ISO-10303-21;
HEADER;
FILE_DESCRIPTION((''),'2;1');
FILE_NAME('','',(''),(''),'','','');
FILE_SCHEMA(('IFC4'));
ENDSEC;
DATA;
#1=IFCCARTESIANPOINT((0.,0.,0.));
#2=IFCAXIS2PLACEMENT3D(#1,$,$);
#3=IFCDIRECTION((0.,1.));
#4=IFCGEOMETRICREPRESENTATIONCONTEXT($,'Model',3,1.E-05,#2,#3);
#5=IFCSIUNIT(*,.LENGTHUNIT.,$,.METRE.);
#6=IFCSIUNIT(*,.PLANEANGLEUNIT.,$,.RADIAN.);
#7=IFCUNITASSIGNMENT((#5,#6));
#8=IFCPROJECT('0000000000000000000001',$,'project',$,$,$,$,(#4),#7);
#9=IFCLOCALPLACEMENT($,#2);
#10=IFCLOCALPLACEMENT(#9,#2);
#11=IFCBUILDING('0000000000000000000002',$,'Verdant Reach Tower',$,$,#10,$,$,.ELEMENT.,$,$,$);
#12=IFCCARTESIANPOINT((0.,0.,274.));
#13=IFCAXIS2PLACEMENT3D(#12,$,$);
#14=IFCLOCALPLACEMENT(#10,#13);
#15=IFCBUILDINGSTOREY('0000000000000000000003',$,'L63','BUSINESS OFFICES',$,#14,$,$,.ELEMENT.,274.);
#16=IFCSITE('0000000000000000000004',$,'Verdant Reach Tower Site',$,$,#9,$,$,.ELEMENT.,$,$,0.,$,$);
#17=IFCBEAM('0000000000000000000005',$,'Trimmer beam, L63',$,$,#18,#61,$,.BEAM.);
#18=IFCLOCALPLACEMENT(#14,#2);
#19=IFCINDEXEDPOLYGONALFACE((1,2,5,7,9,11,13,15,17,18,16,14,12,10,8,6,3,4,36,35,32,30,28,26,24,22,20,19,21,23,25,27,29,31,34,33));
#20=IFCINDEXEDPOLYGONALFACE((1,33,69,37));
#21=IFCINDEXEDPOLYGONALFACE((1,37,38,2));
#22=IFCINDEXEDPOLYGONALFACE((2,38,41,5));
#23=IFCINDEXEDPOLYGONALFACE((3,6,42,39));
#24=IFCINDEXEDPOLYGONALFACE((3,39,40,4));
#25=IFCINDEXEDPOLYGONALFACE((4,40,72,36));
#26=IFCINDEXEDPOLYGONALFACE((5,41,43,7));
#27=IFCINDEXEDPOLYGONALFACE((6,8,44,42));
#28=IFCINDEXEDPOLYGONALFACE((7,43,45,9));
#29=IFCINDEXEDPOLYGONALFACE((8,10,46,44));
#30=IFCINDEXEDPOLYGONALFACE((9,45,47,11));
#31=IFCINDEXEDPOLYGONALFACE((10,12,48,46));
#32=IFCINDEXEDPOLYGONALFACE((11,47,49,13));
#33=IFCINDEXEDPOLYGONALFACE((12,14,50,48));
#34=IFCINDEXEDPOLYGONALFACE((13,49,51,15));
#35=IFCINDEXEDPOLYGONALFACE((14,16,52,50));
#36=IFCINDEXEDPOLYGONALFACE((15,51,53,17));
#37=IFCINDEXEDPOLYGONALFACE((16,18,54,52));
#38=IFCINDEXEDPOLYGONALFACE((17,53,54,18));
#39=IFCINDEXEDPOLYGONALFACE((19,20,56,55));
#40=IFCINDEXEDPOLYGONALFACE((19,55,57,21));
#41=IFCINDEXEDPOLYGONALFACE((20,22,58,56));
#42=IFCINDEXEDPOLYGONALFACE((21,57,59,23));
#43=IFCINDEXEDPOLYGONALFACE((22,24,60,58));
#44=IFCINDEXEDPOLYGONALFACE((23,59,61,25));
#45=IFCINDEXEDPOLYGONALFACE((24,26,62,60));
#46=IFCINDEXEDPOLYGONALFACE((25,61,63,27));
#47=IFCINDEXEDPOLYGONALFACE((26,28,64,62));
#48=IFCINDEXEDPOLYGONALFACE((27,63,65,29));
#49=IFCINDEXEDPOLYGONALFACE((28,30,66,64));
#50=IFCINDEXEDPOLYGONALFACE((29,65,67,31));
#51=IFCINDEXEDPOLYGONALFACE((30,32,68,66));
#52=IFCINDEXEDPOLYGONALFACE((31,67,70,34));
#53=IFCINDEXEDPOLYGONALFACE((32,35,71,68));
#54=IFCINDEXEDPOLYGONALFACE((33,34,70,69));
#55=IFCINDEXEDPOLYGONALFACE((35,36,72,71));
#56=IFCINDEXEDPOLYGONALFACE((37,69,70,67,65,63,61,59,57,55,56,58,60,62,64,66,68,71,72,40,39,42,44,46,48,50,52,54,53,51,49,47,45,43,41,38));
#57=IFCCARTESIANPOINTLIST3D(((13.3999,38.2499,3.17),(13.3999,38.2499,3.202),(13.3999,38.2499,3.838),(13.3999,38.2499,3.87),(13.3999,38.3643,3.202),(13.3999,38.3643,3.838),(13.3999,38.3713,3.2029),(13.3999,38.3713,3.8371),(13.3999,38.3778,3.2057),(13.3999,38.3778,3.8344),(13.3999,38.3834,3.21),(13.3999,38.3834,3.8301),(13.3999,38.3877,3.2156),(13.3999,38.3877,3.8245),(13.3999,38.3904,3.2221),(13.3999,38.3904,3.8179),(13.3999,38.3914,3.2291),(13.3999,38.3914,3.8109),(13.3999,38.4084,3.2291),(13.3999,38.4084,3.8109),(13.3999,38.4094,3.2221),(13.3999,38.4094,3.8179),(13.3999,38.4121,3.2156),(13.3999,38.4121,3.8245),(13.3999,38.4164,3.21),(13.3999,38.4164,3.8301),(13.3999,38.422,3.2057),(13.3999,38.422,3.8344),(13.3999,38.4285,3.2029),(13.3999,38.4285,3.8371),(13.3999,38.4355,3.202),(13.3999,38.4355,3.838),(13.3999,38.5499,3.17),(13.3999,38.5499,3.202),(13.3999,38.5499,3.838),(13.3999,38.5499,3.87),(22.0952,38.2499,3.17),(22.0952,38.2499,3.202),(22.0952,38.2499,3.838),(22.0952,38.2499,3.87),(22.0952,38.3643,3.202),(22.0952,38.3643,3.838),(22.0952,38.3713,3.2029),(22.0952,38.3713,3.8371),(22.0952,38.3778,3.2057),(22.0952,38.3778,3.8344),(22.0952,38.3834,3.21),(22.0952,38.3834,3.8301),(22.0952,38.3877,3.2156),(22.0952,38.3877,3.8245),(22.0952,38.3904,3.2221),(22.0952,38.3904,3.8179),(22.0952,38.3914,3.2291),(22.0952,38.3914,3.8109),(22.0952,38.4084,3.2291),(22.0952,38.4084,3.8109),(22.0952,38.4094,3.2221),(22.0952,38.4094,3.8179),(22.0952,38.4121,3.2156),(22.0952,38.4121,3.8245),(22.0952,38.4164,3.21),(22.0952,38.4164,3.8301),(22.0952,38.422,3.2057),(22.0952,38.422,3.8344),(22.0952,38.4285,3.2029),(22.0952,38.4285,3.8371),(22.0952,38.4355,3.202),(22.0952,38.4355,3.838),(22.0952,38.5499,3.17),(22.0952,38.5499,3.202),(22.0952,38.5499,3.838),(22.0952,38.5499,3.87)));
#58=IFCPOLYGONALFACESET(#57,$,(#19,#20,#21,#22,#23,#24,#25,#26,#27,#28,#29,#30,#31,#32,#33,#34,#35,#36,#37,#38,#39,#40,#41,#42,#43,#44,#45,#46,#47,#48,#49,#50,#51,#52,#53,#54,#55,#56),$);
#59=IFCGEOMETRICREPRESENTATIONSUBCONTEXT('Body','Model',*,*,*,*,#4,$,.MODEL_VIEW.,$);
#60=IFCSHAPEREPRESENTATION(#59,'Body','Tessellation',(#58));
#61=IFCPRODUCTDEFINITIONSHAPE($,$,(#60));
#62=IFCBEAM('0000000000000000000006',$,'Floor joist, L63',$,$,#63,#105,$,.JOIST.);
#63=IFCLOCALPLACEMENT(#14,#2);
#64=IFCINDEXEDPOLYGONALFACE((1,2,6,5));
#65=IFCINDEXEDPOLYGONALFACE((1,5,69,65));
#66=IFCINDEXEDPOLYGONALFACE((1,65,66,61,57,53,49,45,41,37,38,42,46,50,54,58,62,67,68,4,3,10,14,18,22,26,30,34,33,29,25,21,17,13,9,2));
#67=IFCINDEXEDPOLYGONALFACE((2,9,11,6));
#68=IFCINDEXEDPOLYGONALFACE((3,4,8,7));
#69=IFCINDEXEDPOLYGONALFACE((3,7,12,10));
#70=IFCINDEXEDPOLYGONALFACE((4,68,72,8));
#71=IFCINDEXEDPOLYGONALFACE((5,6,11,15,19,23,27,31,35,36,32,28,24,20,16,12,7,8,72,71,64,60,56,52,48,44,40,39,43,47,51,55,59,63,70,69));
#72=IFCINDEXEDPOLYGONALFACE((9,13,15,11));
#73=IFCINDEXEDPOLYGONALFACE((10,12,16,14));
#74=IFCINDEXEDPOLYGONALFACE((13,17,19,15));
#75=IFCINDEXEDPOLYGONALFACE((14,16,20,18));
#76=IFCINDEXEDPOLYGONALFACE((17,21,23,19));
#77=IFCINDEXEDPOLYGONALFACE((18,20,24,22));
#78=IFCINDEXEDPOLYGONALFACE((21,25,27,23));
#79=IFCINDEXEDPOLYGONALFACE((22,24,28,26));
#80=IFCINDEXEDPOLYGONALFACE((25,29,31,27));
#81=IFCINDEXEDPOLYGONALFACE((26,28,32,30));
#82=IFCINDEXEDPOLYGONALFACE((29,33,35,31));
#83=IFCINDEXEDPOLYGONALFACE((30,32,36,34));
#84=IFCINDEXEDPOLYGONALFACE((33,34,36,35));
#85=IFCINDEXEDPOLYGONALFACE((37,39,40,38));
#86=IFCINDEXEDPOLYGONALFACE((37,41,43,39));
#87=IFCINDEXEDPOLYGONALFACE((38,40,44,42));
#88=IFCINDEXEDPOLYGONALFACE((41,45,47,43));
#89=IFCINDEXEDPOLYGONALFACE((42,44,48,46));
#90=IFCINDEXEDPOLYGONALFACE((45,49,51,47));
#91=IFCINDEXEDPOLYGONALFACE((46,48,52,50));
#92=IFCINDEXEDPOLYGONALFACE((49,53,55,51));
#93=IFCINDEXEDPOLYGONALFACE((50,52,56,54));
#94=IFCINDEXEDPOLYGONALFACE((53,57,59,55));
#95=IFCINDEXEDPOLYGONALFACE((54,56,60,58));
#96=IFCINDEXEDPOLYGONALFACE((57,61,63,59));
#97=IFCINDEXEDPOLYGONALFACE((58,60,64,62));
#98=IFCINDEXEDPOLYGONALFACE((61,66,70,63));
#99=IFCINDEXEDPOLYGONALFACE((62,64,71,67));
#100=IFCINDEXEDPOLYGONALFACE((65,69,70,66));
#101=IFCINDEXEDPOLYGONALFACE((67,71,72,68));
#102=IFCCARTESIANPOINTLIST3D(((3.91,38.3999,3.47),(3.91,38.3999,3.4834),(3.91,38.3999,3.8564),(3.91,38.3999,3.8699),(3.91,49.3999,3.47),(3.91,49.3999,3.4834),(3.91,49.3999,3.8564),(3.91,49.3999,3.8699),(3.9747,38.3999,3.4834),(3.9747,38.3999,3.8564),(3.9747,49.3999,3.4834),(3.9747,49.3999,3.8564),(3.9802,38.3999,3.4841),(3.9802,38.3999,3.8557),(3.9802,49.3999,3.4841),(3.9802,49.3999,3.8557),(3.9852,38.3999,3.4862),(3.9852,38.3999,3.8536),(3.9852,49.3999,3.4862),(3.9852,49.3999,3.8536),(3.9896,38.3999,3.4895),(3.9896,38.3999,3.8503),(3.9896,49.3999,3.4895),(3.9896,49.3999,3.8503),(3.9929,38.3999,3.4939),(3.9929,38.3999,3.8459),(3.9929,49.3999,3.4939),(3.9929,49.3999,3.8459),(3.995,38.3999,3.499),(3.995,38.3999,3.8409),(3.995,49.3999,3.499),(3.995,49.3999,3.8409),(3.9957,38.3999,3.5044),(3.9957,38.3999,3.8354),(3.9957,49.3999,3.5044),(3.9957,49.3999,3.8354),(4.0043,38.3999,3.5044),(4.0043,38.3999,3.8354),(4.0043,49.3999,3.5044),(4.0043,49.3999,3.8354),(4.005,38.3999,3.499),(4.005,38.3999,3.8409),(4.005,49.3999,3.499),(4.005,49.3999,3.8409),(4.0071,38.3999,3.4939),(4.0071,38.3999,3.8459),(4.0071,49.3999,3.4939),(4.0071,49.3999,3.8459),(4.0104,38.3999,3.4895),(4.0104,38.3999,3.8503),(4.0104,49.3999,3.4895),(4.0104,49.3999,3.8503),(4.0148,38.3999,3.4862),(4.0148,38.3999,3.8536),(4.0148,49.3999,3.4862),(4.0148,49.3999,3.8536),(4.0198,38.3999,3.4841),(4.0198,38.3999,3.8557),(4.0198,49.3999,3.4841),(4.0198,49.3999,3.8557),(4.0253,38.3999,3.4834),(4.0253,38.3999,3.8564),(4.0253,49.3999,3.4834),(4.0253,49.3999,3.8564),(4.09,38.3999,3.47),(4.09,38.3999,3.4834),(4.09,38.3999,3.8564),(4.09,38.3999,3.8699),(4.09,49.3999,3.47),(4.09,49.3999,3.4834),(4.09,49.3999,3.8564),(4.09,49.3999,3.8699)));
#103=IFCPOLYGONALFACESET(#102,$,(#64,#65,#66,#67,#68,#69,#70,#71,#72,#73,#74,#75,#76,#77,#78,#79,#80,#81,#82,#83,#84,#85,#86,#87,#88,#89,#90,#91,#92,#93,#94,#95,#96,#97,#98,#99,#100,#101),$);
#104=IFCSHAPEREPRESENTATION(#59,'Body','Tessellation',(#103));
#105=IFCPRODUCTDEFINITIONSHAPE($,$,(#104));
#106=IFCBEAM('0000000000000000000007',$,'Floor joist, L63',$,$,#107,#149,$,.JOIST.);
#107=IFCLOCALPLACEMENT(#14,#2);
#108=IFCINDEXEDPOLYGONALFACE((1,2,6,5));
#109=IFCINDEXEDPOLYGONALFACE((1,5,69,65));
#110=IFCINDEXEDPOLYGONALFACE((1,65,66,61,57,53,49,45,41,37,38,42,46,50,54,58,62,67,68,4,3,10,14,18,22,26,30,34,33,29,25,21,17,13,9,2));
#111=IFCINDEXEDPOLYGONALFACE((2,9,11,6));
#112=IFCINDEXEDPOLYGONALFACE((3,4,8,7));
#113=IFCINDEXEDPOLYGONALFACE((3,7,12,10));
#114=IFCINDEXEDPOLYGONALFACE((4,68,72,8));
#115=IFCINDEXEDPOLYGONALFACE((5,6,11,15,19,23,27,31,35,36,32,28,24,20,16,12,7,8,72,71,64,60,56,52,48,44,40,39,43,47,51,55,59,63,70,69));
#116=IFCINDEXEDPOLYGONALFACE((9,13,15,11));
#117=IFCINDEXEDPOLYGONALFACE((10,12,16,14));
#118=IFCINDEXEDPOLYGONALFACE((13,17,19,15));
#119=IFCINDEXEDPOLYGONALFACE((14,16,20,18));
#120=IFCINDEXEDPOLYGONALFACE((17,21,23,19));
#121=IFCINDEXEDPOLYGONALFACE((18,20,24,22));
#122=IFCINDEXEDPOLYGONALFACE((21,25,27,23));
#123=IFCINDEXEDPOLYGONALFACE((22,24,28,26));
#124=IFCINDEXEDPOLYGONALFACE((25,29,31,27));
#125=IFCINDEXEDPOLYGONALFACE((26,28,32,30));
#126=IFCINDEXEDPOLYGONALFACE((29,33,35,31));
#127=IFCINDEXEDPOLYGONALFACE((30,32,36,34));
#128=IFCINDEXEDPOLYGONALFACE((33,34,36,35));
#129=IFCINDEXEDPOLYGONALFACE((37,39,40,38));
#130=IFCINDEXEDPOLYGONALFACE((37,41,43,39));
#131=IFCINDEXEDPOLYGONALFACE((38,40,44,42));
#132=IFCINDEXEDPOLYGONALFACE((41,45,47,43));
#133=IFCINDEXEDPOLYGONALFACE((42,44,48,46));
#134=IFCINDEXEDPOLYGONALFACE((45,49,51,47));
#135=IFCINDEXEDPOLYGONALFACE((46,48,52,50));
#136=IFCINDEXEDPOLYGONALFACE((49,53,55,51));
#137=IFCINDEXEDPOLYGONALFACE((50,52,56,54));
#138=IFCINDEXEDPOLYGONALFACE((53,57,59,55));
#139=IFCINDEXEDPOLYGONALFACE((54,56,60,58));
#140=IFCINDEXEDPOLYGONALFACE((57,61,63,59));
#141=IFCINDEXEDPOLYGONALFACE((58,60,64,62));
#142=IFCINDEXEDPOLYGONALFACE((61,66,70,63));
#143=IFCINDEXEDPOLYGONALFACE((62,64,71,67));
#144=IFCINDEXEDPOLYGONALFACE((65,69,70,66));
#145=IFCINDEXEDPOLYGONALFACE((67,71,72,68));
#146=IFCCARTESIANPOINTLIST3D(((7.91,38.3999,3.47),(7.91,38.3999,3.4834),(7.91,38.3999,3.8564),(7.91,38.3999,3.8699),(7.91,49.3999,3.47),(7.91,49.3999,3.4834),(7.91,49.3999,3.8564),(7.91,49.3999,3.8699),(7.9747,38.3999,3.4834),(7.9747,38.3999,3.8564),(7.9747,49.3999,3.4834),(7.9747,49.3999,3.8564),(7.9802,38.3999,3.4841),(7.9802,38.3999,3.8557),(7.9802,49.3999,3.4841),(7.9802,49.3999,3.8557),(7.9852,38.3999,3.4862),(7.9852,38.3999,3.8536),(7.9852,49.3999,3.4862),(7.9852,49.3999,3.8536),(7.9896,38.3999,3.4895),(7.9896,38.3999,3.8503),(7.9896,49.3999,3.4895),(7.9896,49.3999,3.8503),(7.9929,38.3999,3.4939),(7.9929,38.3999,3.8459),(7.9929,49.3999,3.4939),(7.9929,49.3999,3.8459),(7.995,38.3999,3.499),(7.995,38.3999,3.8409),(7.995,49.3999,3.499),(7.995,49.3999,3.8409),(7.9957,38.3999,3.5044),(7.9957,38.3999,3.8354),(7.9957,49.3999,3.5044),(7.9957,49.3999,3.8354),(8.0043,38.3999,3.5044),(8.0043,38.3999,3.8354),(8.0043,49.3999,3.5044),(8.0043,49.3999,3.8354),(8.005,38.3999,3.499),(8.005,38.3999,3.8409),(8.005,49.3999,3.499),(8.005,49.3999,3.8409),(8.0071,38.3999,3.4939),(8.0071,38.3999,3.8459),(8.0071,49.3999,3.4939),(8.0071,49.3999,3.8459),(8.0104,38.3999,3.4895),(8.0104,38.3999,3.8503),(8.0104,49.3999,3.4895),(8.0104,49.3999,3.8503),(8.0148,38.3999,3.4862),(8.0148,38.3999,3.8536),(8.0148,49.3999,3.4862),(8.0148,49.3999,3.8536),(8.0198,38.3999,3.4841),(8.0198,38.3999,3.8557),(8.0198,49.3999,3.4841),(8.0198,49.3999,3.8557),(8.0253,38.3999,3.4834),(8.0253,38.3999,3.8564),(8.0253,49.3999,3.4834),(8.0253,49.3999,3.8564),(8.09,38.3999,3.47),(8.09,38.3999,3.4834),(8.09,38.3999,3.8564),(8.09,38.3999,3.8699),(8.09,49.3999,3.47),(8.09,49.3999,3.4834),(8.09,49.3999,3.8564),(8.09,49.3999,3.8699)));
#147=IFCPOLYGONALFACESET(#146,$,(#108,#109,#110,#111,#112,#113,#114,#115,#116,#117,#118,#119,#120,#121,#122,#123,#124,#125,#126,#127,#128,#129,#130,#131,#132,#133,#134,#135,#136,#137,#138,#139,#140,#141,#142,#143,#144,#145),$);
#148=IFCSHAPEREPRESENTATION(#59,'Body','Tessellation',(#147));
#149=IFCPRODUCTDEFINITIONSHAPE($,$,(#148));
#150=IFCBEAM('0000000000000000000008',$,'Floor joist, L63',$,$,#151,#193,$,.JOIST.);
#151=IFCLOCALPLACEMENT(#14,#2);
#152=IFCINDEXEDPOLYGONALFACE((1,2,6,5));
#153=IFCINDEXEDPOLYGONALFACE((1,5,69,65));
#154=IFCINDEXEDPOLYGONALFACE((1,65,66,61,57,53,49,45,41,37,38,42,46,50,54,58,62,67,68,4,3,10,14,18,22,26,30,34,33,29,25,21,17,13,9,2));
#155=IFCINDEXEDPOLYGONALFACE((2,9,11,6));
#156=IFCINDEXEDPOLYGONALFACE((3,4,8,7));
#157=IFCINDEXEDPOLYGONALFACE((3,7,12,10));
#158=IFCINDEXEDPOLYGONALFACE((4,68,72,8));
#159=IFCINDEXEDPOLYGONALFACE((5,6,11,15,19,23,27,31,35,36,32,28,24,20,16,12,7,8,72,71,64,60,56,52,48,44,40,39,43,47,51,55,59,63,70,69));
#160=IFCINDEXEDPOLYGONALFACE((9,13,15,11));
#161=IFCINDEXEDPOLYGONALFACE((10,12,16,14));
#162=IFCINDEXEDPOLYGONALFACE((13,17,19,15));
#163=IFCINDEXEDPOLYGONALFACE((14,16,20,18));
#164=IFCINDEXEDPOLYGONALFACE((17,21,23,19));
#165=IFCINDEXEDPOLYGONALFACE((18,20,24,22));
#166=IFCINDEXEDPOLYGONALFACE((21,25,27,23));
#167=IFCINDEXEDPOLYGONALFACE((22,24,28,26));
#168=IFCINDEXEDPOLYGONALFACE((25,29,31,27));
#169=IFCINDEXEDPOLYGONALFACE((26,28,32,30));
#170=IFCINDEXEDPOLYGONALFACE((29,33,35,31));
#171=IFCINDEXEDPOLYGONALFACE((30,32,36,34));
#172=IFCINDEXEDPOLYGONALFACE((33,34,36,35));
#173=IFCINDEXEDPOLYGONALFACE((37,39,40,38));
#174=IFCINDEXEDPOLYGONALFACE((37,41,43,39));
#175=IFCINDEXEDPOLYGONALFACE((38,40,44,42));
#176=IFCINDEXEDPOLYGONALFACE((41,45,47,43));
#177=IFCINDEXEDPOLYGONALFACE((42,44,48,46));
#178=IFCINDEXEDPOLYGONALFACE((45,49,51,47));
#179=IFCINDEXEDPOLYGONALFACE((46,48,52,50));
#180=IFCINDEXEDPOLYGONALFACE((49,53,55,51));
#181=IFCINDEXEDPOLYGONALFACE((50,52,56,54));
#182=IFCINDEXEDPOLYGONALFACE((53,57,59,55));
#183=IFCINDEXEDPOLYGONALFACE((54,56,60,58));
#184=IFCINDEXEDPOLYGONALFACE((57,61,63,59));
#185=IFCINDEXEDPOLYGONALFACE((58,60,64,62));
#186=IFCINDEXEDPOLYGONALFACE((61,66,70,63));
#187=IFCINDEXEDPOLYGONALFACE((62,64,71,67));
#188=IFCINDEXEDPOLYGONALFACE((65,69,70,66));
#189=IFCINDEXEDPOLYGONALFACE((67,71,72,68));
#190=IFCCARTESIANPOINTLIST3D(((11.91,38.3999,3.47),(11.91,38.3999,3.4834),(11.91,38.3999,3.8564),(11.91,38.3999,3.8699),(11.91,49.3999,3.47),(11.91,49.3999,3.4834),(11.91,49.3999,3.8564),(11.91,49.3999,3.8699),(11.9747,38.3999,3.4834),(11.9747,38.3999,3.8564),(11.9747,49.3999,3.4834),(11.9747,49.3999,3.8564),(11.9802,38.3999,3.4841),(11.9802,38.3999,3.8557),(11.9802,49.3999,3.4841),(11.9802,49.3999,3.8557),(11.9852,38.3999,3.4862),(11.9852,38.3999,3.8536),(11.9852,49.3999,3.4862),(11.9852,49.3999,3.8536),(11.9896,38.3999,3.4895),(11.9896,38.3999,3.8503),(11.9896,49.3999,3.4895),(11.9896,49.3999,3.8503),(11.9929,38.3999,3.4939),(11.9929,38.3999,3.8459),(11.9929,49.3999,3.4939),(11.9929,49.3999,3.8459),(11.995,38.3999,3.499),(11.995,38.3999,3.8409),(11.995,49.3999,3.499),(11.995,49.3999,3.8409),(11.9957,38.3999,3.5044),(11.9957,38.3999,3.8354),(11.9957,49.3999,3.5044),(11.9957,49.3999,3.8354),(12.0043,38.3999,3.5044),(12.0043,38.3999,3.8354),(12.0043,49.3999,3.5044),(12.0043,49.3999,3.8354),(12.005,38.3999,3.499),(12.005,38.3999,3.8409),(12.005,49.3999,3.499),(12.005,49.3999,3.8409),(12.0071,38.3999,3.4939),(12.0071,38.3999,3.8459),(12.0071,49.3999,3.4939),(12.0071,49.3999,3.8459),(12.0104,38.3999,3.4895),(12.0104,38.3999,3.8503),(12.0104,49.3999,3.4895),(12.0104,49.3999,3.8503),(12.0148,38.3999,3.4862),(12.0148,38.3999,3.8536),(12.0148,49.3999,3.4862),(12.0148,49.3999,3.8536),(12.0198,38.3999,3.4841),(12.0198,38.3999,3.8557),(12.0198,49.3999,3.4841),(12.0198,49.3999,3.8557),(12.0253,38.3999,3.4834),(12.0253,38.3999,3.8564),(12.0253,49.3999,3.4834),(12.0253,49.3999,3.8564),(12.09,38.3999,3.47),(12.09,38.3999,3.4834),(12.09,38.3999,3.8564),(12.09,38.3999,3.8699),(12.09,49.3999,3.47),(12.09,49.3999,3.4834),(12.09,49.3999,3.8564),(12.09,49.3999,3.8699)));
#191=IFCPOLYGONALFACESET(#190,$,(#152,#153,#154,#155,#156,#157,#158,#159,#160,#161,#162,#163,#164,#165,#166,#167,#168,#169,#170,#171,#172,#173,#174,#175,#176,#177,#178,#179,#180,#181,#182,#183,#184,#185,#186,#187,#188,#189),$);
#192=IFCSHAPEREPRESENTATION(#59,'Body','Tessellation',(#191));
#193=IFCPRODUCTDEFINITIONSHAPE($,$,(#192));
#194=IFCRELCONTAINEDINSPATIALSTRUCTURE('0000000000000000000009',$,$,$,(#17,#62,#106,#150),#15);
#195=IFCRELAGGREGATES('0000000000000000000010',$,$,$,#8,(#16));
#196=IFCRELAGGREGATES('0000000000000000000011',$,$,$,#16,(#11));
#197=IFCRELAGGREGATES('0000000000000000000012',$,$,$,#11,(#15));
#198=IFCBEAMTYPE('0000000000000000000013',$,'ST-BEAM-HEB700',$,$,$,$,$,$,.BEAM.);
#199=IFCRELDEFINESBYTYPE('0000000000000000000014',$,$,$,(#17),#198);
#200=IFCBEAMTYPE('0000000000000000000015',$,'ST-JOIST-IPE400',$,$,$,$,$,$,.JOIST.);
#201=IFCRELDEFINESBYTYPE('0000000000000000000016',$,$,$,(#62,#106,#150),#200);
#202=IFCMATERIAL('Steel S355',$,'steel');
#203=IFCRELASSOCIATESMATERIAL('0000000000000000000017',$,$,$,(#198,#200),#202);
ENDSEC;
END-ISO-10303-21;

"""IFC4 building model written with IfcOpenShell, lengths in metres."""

from ifc_helpers import new_model, si_unit, direction, frame, origin, origin_2d, place, context, subcontext, project, spatial, i_section, extrude, material, material_profile, profile_set, type_object, element, save


model = new_model("IFC4")

# Units and contexts
model_context = context("Model", 3, precision=1e-05, world=origin(), true_north=direction((0.0, 1.0)))
body_context = subcontext(model_context, "Body", "Model", "MODEL_VIEW")
ifc_project = project(units=[si_unit("LENGTHUNIT", "METRE"), si_unit("PLANEANGLEUNIT", "RADIAN")], contexts=[model_context])

# Site, building, storey
site_placement = place(None, origin())
site = spatial("IfcSite", under=ifc_project, at=site_placement, Name="Verdant Reach Tower Site", CompositionType="ELEMENT", RefElevation=0.0)
building_placement = place(site_placement, origin())
building = spatial("IfcBuilding", under=site, at=building_placement, Name="Verdant Reach Tower", CompositionType="ELEMENT")
storey_placement = place(building_placement, frame((0.0, 0.0, 274.0)))
storey = spatial("IfcBuildingStorey", under=building, at=storey_placement, Name="L63", Description="BUSINESS OFFICES", CompositionType="ELEMENT", Elevation=274.0)

# Beams
ifc_material_1 = material(Name="Steel S355", Category="steel")
ifc_material_profile_1 = material_profile(ifc_material_1, i_section(OverallWidth=0.3, OverallDepth=0.7, WebThickness=0.0171, FlangeThickness=0.032, FilletRadius=0.0271, at=origin_2d()), Name="HEB 700")
ifc_profile_set_1 = profile_set([ifc_material_profile_1], Name="Steel S355")
beam_type_1 = type_object("IfcBeamType", Name="ST-BEAM-HEB700", PredefinedType="BEAM", material=ifc_profile_set_1)
beam_1_placement = place(storey_placement, frame((13.3999, 38.3999, 3.52), z_axis=(1.0, 0.0, 0.0), x_axis=(0.0, 1.0, 0.0)))
element("IfcBeam", 1, at=beam_1_placement, inside=storey, type_object=beam_type_1, Name="Trimmer beam, L63", PredefinedType="BEAM", context=body_context, shape_type="SweptSolid", body=[
    extrude(i_section(OverallWidth=0.3, OverallDepth=0.7, WebThickness=0.0171, FlangeThickness=0.032, FilletRadius=0.0271, at=origin_2d()), origin(), (0.0, 0.0, 1.0), 8.6953),
])
ifc_material_profile_2 = material_profile(ifc_material_1, i_section(OverallWidth=0.1799, OverallDepth=0.3999, WebThickness=0.0085, FlangeThickness=0.0134, FilletRadius=0.021, at=origin_2d()), Name="IPE 400")
ifc_profile_set_2 = profile_set([ifc_material_profile_2], Name="Steel S355")
beam_type_2 = type_object("IfcBeamType", Name="ST-JOIST-IPE400", PredefinedType="JOIST", material=ifc_profile_set_2)
for number, where, z_axis, x_axis, name in (
    (2, (4.0, 38.3999, 3.6699), (0.0, 1.0, 0.0), (-1.0, 0.0, 0.0), "Floor joist, L63"),
    (3, (8.0, 38.3999, 3.6699), (0.0, 1.0, 0.0), (-1.0, 0.0, 0.0), "Floor joist, L63"),
    (4, (12.0, 38.3999, 3.6699), (0.0, 1.0, 0.0), (-1.0, 0.0, 0.0), "Floor joist, L63"),
):
    element("IfcBeam", number, at=place(storey_placement, frame(where, z_axis=z_axis, x_axis=x_axis)), inside=storey, type_object=beam_type_2, Name=name, PredefinedType="JOIST", context=body_context, shape_type="SweptSolid", body=[
        extrude(i_section(OverallWidth=0.1799, OverallDepth=0.3999, WebThickness=0.0085, FlangeThickness=0.0134, FilletRadius=0.021, at=origin_2d()), origin(), (0.0, 0.0, 1.0), 11.0),
    ])

save(model, "model.ifc")
